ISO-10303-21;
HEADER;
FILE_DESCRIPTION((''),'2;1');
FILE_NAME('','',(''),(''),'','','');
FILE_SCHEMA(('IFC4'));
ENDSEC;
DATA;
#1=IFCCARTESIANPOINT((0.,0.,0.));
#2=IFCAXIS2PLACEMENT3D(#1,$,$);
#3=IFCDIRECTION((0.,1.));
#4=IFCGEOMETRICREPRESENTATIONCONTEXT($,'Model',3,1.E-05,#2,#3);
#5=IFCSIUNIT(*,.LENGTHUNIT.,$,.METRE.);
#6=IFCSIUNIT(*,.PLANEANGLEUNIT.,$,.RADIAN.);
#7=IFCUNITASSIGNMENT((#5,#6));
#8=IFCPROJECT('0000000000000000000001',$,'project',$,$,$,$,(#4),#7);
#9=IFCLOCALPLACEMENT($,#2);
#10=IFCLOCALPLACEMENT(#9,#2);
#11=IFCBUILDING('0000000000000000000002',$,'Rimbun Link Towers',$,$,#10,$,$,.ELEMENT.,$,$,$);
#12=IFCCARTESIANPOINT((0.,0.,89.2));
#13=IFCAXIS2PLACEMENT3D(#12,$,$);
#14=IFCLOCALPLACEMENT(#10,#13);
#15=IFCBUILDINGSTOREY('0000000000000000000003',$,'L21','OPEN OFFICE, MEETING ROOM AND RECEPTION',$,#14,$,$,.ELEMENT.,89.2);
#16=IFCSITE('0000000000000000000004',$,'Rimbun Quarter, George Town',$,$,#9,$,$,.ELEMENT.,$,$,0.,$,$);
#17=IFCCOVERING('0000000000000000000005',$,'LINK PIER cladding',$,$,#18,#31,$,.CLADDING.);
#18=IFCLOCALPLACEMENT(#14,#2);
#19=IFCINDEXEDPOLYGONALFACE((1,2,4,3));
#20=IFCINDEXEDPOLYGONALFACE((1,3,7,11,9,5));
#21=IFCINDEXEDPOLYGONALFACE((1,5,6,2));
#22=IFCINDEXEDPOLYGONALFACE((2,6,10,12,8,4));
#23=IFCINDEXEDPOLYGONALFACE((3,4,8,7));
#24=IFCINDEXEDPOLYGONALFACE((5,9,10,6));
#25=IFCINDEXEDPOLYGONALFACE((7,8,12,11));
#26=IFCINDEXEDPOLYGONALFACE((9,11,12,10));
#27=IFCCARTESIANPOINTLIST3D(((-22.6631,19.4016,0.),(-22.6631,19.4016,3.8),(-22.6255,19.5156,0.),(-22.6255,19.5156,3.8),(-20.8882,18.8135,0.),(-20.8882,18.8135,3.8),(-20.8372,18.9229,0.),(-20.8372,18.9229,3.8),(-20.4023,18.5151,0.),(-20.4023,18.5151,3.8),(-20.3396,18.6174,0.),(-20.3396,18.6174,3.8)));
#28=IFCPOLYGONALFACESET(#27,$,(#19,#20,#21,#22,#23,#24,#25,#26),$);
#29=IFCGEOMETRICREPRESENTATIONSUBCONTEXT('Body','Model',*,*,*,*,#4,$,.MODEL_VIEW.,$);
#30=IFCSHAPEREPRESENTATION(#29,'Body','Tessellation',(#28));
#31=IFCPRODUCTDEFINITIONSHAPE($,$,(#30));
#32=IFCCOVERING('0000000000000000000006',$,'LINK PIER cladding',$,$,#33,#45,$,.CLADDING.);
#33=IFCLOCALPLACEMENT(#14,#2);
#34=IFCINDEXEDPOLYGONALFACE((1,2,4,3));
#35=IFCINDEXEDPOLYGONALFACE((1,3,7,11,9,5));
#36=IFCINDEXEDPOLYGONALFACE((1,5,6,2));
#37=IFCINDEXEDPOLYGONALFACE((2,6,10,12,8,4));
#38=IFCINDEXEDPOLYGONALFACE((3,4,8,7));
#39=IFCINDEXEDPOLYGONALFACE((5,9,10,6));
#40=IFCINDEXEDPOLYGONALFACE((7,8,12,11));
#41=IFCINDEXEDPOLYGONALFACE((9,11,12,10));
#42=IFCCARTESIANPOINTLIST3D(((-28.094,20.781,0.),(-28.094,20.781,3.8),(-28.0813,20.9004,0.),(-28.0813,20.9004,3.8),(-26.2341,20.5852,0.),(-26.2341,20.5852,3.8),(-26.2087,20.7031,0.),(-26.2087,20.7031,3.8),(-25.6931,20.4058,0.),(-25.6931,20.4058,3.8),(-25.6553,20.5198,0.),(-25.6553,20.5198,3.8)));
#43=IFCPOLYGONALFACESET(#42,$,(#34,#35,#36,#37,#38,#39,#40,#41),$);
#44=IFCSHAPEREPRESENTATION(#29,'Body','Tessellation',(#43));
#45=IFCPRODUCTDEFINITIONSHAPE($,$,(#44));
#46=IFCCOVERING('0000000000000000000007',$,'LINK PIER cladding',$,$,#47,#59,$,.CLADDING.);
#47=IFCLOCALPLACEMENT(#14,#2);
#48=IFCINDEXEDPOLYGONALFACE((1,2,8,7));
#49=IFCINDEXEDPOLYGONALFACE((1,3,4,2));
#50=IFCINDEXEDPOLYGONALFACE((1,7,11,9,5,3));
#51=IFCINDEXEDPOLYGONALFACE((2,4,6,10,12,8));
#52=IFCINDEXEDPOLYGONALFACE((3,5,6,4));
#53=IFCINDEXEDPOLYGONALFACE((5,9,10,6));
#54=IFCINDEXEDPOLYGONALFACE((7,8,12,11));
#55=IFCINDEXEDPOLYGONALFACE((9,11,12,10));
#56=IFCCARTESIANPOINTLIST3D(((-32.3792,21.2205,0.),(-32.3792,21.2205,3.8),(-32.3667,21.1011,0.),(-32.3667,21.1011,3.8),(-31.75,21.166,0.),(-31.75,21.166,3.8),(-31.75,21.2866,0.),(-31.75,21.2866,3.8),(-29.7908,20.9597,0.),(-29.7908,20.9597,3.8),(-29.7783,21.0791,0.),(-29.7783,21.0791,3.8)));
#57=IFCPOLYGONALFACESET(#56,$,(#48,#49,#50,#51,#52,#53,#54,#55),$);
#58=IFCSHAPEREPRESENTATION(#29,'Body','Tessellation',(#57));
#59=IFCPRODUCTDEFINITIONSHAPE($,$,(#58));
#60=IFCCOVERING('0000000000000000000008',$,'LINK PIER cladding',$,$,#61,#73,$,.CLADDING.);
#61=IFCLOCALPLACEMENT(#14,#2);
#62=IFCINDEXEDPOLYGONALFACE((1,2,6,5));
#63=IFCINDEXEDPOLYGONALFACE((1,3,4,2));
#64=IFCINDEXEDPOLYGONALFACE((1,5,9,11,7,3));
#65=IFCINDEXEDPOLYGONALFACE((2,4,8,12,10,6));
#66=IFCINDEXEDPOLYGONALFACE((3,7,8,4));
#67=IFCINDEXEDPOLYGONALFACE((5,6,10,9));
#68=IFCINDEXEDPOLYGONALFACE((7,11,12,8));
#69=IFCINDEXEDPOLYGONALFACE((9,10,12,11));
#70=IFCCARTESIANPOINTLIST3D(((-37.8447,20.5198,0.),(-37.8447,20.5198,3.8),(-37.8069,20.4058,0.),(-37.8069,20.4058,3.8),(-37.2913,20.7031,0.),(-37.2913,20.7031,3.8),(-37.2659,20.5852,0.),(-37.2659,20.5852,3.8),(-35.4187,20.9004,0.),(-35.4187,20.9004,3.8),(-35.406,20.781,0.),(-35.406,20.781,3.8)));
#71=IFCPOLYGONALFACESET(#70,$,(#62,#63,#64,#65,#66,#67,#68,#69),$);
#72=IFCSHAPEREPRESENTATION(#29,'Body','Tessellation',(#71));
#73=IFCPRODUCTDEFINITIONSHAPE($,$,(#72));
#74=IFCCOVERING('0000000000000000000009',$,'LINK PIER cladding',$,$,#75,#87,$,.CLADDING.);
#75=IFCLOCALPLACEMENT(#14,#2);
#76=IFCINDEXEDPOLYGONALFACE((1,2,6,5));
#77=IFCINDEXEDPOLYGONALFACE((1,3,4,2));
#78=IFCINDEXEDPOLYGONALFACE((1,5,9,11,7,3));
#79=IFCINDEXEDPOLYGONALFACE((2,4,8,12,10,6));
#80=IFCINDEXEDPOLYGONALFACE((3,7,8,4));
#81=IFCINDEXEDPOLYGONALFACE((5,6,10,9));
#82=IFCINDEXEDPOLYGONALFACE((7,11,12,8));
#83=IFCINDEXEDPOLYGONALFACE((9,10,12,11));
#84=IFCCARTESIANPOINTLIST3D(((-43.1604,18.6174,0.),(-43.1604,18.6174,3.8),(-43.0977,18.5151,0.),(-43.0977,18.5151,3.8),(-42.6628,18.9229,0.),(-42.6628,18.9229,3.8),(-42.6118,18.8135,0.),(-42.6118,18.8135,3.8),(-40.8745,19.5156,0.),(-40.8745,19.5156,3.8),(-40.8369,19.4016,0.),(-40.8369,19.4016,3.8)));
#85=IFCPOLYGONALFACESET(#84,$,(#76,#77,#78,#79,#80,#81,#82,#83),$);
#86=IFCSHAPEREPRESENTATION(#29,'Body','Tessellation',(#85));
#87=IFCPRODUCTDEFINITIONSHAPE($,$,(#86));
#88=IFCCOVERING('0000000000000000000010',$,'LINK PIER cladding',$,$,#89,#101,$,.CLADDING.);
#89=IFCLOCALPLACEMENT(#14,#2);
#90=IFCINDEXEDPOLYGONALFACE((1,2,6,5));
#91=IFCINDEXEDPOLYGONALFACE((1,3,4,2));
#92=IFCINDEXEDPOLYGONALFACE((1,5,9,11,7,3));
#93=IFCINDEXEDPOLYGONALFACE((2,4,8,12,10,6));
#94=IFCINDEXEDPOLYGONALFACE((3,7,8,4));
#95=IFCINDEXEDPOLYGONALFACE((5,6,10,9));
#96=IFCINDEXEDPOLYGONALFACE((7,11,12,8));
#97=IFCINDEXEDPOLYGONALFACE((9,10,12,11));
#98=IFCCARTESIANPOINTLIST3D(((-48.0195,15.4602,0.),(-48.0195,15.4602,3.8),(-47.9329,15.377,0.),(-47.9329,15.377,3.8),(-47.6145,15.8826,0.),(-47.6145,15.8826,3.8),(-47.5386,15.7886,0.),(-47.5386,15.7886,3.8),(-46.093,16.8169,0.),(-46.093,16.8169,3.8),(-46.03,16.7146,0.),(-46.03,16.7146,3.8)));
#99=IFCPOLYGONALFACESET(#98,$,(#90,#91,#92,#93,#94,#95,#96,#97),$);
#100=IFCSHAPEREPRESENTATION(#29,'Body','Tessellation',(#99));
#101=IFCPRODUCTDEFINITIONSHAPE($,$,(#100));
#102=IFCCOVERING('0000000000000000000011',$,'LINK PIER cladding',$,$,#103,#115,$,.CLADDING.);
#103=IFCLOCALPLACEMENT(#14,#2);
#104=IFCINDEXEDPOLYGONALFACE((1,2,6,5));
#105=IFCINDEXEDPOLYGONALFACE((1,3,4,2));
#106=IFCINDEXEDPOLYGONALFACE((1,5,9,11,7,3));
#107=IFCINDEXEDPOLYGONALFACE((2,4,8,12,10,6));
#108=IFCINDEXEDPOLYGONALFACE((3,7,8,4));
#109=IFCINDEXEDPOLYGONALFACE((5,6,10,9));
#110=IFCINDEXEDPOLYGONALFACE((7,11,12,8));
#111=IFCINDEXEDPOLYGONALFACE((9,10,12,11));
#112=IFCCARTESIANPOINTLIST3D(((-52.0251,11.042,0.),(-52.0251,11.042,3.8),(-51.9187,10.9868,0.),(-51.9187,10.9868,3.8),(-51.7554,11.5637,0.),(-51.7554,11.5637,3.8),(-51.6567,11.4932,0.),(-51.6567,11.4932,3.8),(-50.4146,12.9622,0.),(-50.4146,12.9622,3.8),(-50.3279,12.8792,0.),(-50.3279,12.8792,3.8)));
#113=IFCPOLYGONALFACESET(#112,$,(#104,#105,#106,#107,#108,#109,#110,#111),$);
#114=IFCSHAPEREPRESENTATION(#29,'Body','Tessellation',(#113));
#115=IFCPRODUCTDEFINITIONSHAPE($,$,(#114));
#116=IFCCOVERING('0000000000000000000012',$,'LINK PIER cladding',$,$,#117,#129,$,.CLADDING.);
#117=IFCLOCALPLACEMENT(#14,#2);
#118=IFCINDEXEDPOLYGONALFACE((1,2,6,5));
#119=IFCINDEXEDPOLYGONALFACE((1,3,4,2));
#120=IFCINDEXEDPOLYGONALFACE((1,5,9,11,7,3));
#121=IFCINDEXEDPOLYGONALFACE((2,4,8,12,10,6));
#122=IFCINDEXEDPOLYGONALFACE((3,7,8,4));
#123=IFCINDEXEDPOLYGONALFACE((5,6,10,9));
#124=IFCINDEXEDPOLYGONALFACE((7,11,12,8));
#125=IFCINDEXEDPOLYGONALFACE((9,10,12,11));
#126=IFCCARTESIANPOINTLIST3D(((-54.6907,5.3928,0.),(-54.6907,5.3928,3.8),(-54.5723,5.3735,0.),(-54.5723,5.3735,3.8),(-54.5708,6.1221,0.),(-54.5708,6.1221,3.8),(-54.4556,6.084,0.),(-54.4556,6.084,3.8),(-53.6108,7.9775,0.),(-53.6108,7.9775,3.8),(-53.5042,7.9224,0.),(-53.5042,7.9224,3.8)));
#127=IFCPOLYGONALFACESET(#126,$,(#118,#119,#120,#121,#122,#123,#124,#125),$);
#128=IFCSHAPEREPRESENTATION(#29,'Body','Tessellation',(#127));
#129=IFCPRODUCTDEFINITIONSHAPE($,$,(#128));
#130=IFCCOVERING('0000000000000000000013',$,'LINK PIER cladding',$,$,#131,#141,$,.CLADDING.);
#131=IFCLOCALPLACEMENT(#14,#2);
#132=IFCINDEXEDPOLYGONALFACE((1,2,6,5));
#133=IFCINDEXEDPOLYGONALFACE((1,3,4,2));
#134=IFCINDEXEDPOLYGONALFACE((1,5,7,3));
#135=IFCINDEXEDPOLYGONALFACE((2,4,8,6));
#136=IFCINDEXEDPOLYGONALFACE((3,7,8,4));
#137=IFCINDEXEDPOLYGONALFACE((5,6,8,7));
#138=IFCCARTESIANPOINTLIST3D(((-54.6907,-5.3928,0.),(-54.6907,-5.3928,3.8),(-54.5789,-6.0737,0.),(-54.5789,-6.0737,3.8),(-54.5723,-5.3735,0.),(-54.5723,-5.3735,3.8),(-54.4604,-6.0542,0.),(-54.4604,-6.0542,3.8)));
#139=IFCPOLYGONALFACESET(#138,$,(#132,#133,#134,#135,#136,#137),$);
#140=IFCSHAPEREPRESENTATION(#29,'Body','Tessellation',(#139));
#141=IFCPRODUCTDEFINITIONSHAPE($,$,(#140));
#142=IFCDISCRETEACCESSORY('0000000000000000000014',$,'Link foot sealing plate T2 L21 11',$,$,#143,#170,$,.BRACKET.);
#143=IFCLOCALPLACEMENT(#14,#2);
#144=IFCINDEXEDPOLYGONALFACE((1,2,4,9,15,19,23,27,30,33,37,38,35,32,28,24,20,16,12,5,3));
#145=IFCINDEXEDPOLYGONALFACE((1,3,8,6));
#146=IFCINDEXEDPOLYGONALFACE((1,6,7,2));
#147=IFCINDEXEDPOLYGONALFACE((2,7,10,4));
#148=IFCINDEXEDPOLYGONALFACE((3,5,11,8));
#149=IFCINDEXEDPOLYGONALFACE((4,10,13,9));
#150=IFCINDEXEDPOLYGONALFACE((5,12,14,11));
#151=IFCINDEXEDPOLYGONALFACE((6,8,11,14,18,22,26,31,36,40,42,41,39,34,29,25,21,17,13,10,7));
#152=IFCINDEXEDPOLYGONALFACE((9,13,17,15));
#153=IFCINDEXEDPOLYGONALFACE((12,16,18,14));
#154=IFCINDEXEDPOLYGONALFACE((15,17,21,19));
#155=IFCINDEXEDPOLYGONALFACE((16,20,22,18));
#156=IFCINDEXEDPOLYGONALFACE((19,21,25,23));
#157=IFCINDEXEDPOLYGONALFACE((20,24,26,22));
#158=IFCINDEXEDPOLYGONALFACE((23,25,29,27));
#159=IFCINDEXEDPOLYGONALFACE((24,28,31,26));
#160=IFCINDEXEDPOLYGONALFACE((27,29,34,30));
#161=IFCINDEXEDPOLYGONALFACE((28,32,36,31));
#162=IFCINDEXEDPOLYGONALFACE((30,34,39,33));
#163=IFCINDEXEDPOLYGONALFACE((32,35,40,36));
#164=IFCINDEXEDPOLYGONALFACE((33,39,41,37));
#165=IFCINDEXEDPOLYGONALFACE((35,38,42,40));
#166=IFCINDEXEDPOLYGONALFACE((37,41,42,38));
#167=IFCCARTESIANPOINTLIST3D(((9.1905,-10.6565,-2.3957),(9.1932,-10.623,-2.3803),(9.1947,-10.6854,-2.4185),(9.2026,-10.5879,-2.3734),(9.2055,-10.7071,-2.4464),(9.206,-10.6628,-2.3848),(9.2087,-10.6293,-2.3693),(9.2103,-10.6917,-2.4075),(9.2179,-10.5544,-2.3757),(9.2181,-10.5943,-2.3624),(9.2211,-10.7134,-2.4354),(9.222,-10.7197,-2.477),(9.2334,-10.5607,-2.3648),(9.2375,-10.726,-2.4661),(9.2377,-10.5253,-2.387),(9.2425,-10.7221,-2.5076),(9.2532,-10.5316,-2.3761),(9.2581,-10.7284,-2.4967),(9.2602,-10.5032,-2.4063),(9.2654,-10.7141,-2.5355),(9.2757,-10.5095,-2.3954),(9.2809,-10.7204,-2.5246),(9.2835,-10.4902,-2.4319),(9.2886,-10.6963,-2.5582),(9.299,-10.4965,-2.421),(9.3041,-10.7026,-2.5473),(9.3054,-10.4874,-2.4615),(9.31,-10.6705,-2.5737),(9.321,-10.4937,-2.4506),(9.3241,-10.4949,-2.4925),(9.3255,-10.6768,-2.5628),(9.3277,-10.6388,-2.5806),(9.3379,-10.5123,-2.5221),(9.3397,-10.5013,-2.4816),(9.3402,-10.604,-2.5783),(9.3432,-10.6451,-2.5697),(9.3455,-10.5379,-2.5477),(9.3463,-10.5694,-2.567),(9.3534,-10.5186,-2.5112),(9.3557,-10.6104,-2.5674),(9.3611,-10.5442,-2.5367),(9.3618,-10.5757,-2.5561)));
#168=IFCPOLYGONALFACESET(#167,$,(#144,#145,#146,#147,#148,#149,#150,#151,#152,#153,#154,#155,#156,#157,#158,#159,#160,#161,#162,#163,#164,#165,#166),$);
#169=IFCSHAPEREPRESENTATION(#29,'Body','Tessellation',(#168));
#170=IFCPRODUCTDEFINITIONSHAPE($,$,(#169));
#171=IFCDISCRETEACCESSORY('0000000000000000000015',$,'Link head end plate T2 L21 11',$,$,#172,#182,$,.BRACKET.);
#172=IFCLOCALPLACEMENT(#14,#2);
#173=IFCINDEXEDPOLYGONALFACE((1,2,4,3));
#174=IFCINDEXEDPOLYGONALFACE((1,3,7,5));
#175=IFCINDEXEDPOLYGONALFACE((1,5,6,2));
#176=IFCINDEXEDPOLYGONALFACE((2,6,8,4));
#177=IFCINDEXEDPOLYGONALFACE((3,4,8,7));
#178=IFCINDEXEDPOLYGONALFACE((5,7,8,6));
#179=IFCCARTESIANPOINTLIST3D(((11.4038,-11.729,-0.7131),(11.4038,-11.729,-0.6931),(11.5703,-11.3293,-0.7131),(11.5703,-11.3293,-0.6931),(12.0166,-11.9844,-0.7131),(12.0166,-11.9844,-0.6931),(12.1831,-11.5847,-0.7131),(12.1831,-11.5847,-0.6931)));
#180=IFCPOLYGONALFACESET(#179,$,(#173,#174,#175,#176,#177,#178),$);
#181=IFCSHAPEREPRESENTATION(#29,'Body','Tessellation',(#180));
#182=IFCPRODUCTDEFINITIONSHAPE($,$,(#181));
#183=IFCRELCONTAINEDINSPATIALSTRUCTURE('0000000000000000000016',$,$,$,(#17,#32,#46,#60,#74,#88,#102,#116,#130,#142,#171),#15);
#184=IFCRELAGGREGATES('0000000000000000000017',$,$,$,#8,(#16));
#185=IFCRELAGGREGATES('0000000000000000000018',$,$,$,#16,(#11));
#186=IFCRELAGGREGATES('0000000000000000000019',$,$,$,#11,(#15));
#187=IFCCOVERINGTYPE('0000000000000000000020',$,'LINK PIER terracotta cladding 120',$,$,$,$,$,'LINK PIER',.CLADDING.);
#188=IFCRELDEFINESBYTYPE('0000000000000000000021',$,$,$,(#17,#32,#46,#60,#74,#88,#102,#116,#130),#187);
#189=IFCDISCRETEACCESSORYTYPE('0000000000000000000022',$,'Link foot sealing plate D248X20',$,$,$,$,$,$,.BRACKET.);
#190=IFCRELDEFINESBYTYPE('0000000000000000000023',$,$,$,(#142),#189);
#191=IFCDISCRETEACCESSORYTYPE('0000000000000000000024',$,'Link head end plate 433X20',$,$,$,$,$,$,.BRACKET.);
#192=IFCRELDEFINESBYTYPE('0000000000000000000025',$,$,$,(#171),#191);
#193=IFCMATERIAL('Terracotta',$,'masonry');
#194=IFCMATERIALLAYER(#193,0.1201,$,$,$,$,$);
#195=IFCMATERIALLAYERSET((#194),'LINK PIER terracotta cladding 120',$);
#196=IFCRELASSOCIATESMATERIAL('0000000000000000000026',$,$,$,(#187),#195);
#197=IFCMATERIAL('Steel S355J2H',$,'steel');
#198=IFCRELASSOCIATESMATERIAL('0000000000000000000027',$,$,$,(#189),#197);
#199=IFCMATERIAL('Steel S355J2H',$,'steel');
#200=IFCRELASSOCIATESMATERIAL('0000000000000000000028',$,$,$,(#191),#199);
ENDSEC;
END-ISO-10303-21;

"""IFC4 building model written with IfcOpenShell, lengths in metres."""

from ifc_helpers import new_model, si_unit, direction, frame, origin, origin_2d, place, context, subcontext, project, spatial, polyline, rectangle, circle, outline, extrude, material, layer, layer_set, material_profile, profile_set, type_object, element, save


model = new_model("IFC4")

# Units and contexts
model_context = context("Model", 3, precision=1e-05, world=origin(), true_north=direction((0.0, 1.0)))
body_context = subcontext(model_context, "Body", "Model", "MODEL_VIEW")
ifc_project = project(units=[si_unit("LENGTHUNIT", "METRE"), si_unit("PLANEANGLEUNIT", "RADIAN")], contexts=[model_context])

# Site, building, storey
site_placement = place(None, origin())
site = spatial("IfcSite", under=ifc_project, at=site_placement, Name="Rimbun Quarter, George Town", CompositionType="ELEMENT", RefElevation=0.0)
building_placement = place(site_placement, origin())
building = spatial("IfcBuilding", under=site, at=building_placement, Name="Rimbun Link Towers", CompositionType="ELEMENT")
storey_placement = place(building_placement, frame((0.0, 0.0, 89.2)))
storey = spatial("IfcBuildingStorey", under=building, at=storey_placement, Name="L21", Description="OPEN OFFICE, MEETING ROOM AND RECEPTION", CompositionType="ELEMENT", Elevation=89.2)

# Coverings
ifc_material_1 = material(Name="Terracotta", Category="masonry")
ifc_layer_1 = layer(ifc_material_1, 0.1201)
ifc_layer_set_1 = layer_set([ifc_layer_1], Name="LINK PIER terracotta cladding 120")
covering_type_1 = type_object("IfcCoveringType", Name="LINK PIER terracotta cladding 120", ElementType="LINK PIER", PredefinedType="CLADDING", material=ifc_layer_set_1)
covering_1_placement = place(storey_placement, origin())
element("IfcCovering", 1, at=covering_1_placement, inside=storey, type_object=covering_type_1, Name="LINK PIER cladding", PredefinedType="CLADDING", context=body_context, shape_type="SweptSolid", body=[
    extrude(outline(polyline([(-22.6631, 19.4016), (-20.8882, 18.8135), (-20.4023, 18.5151), (-20.3396, 18.6174), (-20.8372, 18.9229), (-22.6255, 19.5156), (-22.6631, 19.4016)])), origin(), (0.0, 0.0, 1.0), 3.8),
])
covering_2_placement = place(storey_placement, origin())
element("IfcCovering", 2, at=covering_2_placement, inside=storey, type_object=covering_type_1, Name="LINK PIER cladding", PredefinedType="CLADDING", context=body_context, shape_type="SweptSolid", body=[
    extrude(outline(polyline([(-28.094, 20.781), (-26.2341, 20.5852), (-25.6931, 20.4058), (-25.6553, 20.5198), (-26.2087, 20.7031), (-28.0813, 20.9004), (-28.094, 20.781)])), origin(), (0.0, 0.0, 1.0), 3.8),
])
covering_3_placement = place(storey_placement, origin())
element("IfcCovering", 3, at=covering_3_placement, inside=storey, type_object=covering_type_1, Name="LINK PIER cladding", PredefinedType="CLADDING", context=body_context, shape_type="SweptSolid", body=[
    extrude(outline(polyline([(-32.3667, 21.1011), (-31.75, 21.166), (-29.7908, 20.9597), (-29.7783, 21.0791), (-31.75, 21.2866), (-32.3792, 21.2205), (-32.3667, 21.1011)])), origin(), (0.0, 0.0, 1.0), 3.8),
])
covering_4_placement = place(storey_placement, origin())
element("IfcCovering", 4, at=covering_4_placement, inside=storey, type_object=covering_type_1, Name="LINK PIER cladding", PredefinedType="CLADDING", context=body_context, shape_type="SweptSolid", body=[
    extrude(outline(polyline([(-37.8069, 20.4058), (-37.2659, 20.5852), (-35.406, 20.781), (-35.4187, 20.9004), (-37.2913, 20.7031), (-37.8447, 20.5198), (-37.8069, 20.4058)])), origin(), (0.0, 0.0, 1.0), 3.8),
])
covering_5_placement = place(storey_placement, origin())
element("IfcCovering", 5, at=covering_5_placement, inside=storey, type_object=covering_type_1, Name="LINK PIER cladding", PredefinedType="CLADDING", context=body_context, shape_type="SweptSolid", body=[
    extrude(outline(polyline([(-43.0977, 18.5151), (-42.6118, 18.8135), (-40.8369, 19.4016), (-40.8745, 19.5156), (-42.6628, 18.9229), (-43.1604, 18.6174), (-43.0977, 18.5151)])), origin(), (0.0, 0.0, 1.0), 3.8),
])
covering_6_placement = place(storey_placement, origin())
element("IfcCovering", 6, at=covering_6_placement, inside=storey, type_object=covering_type_1, Name="LINK PIER cladding", PredefinedType="CLADDING", context=body_context, shape_type="SweptSolid", body=[
    extrude(outline(polyline([(-47.9329, 15.377), (-47.5386, 15.7886), (-46.03, 16.7146), (-46.093, 16.8169), (-47.6145, 15.8826), (-48.0195, 15.4602), (-47.9329, 15.377)])), origin(), (0.0, 0.0, 1.0), 3.8),
])
covering_7_placement = place(storey_placement, origin())
element("IfcCovering", 7, at=covering_7_placement, inside=storey, type_object=covering_type_1, Name="LINK PIER cladding", PredefinedType="CLADDING", context=body_context, shape_type="SweptSolid", body=[
    extrude(outline(polyline([(-51.9187, 10.9868), (-51.6567, 11.4932), (-50.3279, 12.8792), (-50.4146, 12.9622), (-51.7554, 11.5637), (-52.0251, 11.042), (-51.9187, 10.9868)])), origin(), (0.0, 0.0, 1.0), 3.8),
])
covering_8_placement = place(storey_placement, origin())
element("IfcCovering", 8, at=covering_8_placement, inside=storey, type_object=covering_type_1, Name="LINK PIER cladding", PredefinedType="CLADDING", context=body_context, shape_type="SweptSolid", body=[
    extrude(outline(polyline([(-54.5723, 5.3735), (-54.4556, 6.084), (-53.5042, 7.9224), (-53.6108, 7.9775), (-54.5708, 6.1221), (-54.6907, 5.3928), (-54.5723, 5.3735)])), origin(), (0.0, 0.0, 1.0), 3.8),
])
covering_9_placement = place(storey_placement, origin())
element("IfcCovering", 9, at=covering_9_placement, inside=storey, type_object=covering_type_1, Name="LINK PIER cladding", PredefinedType="CLADDING", context=body_context, shape_type="SweptSolid", body=[
    extrude(outline(polyline([(-54.4604, -6.0542), (-54.5723, -5.3735), (-54.6907, -5.3928), (-54.5789, -6.0737), (-54.4604, -6.0542)])), origin(), (0.0, 0.0, 1.0), 3.8),
])

# Discrete accessories
ifc_material_2 = material(Name="Steel S355J2H", Category="steel")
ifc_material_profile_1 = material_profile(ifc_material_2, circle(Radius=0.124, at=origin_2d()), Name="PL D248")
ifc_profile_set_1 = profile_set([ifc_material_profile_1], Name="Steel S355J2H")
discrete_accessory_type_1 = type_object("IfcDiscreteAccessoryType", Name="Link foot sealing plate D248X20", PredefinedType="BRACKET", material=ifc_profile_set_1)
discrete_accessory_1_placement = place(storey_placement, frame((9.2842, -10.6111, -2.4661), z_axis=(-0.776285, 0.315366, -0.545826), x_axis=(-0.376377, -0.926467, 0.0)))
element("IfcDiscreteAccessory", 10, at=discrete_accessory_1_placement, inside=storey, type_object=discrete_accessory_type_1, Name="Link foot sealing plate T2 L21 11", PredefinedType="BRACKET", context=body_context, shape_type="SweptSolid", body=[
    extrude(circle(Radius=0.124, at=origin_2d()), origin(), (0.0, 0.0, 1.0), 0.02),
])
ifc_material_3 = material(Name="Steel S355J2H", Category="steel")
ifc_material_profile_2 = material_profile(ifc_material_3, rectangle(XDim=0.4331, YDim=0.4331, at=origin_2d()), Name="PL 433x433")
ifc_profile_set_2 = profile_set([ifc_material_profile_2], Name="Steel S355J2H")
discrete_accessory_type_2 = type_object("IfcDiscreteAccessoryType", Name="Link head end plate 433X20", PredefinedType="BRACKET", material=ifc_profile_set_2)
discrete_accessory_2_placement = place(storey_placement, frame((0.0, 0.0, -0.7131)))
element("IfcDiscreteAccessory", 11, at=discrete_accessory_2_placement, inside=storey, type_object=discrete_accessory_type_2, Name="Link head end plate T2 L21 11", PredefinedType="BRACKET", context=body_context, shape_type="SweptSolid", body=[
    extrude(outline(polyline([(12.1831, -11.5847), (11.5703, -11.3293), (11.4038, -11.729), (12.0166, -11.9844), (12.1831, -11.5847)])), origin(), (0.0, 0.0, 1.0), 0.02),
])

save(model, "model.ifc")
